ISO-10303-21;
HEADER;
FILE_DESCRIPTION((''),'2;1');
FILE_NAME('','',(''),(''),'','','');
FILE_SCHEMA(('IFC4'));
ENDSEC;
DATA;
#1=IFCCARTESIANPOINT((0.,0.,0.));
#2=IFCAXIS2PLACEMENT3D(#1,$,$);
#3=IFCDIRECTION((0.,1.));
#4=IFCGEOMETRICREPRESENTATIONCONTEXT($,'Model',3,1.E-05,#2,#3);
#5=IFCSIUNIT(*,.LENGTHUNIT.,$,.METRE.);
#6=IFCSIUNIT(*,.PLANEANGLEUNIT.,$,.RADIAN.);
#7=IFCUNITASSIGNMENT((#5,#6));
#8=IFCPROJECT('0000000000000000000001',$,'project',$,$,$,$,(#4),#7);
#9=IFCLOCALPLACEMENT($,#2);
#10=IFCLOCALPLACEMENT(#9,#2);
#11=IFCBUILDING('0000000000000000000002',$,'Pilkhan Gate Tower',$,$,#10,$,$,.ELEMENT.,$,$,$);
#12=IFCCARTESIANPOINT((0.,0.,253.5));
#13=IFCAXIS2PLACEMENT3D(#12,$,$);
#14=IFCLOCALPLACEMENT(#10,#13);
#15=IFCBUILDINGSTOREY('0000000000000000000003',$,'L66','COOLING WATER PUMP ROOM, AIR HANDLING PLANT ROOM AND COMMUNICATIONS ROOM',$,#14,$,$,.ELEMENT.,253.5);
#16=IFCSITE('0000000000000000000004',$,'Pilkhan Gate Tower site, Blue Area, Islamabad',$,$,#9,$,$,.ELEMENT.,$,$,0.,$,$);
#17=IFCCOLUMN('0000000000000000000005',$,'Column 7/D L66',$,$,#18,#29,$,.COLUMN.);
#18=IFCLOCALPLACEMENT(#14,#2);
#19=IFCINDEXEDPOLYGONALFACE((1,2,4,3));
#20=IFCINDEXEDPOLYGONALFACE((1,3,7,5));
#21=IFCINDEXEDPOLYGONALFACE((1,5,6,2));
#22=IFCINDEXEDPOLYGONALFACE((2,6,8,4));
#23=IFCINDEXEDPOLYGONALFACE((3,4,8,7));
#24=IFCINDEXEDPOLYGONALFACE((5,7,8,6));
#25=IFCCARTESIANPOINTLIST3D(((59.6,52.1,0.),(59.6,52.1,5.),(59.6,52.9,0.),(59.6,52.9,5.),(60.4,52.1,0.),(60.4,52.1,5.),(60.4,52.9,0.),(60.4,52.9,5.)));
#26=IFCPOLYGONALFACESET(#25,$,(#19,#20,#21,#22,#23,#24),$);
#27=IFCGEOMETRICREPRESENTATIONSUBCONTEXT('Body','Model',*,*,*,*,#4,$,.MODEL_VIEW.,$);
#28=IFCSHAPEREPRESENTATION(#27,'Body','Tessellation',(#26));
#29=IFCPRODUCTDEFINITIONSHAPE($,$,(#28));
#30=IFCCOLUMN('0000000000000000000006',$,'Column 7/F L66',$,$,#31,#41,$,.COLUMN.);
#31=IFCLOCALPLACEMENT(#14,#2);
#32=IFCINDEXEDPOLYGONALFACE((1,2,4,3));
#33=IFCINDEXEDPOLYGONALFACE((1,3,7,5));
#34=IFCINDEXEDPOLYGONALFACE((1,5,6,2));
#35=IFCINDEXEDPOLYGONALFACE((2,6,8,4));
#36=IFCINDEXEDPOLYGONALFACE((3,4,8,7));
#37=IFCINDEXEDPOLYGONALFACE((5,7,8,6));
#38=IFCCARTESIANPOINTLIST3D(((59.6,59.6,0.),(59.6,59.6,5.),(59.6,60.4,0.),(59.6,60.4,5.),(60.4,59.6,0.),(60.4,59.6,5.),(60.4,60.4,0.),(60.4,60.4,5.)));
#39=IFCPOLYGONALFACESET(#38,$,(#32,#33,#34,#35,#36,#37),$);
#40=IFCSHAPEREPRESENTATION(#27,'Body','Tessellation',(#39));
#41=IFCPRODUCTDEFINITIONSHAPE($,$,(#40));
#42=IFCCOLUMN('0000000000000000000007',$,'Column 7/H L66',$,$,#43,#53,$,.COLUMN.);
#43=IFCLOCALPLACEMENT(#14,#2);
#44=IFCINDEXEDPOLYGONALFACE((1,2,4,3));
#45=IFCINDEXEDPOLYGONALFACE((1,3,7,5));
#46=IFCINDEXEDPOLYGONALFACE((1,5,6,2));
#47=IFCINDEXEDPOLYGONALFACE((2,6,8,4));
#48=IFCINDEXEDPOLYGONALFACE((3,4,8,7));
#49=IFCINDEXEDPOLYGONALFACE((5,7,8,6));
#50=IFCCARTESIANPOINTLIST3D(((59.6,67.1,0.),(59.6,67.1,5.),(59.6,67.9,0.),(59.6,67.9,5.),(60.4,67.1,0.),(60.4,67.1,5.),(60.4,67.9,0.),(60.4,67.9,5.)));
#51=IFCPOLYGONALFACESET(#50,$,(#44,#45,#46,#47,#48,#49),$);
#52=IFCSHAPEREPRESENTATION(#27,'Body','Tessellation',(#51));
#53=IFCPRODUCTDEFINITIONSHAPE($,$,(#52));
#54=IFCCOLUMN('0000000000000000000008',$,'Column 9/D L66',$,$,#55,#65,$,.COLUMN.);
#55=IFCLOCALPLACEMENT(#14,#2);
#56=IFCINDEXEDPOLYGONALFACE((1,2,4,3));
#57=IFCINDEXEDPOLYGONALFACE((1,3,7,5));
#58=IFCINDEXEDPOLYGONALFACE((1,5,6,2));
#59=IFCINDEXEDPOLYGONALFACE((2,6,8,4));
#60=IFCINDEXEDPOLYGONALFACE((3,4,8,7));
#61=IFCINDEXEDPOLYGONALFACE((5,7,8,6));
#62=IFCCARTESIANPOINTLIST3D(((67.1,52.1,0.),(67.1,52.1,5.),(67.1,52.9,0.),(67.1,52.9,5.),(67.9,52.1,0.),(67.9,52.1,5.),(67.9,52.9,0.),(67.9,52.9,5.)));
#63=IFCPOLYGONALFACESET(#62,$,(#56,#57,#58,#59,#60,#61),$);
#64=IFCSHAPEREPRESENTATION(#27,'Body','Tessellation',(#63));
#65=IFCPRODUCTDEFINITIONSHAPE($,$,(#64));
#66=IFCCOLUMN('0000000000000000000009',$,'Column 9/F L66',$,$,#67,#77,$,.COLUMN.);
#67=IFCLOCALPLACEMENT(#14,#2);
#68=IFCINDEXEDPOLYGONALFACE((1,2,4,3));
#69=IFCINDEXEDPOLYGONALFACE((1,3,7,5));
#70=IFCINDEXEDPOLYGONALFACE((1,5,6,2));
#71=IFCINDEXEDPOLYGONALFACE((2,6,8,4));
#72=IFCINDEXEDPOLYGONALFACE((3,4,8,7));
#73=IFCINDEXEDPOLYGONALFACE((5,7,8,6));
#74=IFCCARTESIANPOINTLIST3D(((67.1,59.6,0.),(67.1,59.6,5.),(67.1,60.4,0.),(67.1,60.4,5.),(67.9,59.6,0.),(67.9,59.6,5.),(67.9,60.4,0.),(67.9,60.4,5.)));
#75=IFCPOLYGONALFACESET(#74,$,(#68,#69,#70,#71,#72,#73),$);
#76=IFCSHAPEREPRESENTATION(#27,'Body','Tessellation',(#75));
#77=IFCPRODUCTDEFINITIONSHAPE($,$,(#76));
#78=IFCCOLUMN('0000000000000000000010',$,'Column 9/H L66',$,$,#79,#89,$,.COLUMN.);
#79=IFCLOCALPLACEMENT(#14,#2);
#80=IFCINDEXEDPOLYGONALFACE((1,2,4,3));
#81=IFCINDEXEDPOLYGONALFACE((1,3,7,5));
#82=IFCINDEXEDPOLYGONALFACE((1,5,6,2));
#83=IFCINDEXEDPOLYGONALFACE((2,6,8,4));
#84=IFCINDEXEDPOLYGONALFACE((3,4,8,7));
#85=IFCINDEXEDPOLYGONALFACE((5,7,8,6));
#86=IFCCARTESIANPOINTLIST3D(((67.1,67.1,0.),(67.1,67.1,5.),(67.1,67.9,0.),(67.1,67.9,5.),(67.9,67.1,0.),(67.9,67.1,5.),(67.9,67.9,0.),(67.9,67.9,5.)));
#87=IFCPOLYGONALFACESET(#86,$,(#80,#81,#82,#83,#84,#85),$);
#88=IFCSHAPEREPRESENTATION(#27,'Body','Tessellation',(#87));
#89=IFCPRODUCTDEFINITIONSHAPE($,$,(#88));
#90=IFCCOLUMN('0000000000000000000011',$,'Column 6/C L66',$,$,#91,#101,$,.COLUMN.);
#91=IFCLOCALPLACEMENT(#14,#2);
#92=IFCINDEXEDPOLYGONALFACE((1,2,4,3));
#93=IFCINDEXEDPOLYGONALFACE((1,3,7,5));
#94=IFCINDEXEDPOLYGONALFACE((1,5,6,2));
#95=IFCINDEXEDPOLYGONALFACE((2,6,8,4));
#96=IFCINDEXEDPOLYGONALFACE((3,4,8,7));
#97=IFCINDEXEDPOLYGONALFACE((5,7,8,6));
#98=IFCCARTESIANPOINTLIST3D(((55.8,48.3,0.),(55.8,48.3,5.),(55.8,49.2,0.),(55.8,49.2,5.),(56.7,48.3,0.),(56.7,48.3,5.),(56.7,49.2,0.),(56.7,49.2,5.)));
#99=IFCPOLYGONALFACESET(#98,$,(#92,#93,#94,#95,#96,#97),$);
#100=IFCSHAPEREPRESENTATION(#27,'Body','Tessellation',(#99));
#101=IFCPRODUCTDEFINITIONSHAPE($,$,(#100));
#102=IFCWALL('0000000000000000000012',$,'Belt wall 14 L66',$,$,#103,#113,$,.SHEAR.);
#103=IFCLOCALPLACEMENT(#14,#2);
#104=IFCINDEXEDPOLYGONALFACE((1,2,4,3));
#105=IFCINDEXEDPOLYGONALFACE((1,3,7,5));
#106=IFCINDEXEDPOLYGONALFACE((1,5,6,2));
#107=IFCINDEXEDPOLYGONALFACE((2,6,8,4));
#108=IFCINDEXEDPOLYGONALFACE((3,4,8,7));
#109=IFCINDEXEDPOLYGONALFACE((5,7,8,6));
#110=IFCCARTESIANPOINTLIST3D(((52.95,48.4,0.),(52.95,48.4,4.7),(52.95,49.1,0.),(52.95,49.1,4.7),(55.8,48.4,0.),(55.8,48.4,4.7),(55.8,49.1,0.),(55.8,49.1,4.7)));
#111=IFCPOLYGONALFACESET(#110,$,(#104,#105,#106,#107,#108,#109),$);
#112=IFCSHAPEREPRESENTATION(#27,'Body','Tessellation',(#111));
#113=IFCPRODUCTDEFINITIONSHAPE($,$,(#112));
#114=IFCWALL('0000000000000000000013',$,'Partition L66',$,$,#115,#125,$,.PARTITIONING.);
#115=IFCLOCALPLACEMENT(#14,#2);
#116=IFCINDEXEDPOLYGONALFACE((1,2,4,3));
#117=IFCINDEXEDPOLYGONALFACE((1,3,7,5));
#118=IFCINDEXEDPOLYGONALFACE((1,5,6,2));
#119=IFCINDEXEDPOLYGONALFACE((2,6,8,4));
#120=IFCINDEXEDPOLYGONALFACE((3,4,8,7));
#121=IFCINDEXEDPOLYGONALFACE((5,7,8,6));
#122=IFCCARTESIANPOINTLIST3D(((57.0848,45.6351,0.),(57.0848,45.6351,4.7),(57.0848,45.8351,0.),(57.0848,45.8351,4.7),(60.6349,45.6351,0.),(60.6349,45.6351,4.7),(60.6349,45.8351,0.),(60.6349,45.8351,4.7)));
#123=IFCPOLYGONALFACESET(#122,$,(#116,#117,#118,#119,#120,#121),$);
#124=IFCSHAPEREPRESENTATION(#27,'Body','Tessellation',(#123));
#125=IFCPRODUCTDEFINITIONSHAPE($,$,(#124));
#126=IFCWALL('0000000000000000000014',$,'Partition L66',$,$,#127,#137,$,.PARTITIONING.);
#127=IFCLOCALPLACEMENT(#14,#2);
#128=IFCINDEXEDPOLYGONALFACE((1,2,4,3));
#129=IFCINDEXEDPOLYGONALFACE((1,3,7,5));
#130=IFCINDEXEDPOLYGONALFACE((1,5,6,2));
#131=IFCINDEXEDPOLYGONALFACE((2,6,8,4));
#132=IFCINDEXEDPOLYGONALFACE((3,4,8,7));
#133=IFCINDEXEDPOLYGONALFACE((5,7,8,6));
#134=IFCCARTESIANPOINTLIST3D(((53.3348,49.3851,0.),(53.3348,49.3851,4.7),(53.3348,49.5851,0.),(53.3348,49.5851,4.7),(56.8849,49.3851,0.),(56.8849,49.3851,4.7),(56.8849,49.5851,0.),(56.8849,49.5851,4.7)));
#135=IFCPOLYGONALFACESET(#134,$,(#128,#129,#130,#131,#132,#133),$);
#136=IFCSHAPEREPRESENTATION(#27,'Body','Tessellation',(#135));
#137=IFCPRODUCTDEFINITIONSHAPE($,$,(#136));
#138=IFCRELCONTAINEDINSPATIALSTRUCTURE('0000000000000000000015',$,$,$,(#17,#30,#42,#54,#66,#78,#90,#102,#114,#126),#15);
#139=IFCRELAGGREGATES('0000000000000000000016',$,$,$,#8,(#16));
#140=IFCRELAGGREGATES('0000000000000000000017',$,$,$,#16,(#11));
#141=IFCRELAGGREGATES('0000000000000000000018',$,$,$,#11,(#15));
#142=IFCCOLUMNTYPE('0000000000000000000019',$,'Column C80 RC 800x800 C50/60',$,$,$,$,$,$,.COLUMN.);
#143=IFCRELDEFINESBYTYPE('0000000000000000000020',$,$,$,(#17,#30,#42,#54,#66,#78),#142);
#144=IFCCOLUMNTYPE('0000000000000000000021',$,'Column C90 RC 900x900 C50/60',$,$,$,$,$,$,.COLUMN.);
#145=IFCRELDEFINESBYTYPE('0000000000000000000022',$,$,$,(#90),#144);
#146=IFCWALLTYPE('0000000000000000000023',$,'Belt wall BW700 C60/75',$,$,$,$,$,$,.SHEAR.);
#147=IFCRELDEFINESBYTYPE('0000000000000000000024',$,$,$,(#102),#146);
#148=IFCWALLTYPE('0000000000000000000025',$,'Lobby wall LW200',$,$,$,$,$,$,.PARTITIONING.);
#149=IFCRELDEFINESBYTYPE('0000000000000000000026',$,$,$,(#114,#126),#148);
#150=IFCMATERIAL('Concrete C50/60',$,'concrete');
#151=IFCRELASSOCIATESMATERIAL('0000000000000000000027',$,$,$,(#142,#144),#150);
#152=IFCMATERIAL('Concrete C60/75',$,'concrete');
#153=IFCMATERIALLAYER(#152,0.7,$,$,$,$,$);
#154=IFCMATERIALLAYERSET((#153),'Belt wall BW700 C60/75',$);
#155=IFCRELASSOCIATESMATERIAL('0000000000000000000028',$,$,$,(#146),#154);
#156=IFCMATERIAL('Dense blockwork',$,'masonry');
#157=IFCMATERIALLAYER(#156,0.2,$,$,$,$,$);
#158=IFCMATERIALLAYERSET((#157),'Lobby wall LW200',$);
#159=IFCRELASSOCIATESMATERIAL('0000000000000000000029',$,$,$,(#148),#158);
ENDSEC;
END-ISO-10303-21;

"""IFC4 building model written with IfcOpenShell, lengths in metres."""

from ifc_helpers import new_model, si_unit, direction, frame, frame_2d, origin, origin_2d, place, context, subcontext, project, spatial, rectangle, extrude, material, layer, layer_set, material_profile, profile_set, type_object, element, save


model = new_model("IFC4")

# Units and contexts
model_context = context("Model", 3, precision=1e-05, world=origin(), true_north=direction((0.0, 1.0)))
body_context = subcontext(model_context, "Body", "Model", "MODEL_VIEW")
ifc_project = project(units=[si_unit("LENGTHUNIT", "METRE"), si_unit("PLANEANGLEUNIT", "RADIAN")], contexts=[model_context])

# Site, building, storey
site_placement = place(None, origin())
site = spatial("IfcSite", under=ifc_project, at=site_placement, Name="Pilkhan Gate Tower site, Blue Area, Islamabad", CompositionType="ELEMENT", RefElevation=0.0)
building_placement = place(site_placement, origin())
building = spatial("IfcBuilding", under=site, at=building_placement, Name="Pilkhan Gate Tower", CompositionType="ELEMENT")
storey_placement = place(building_placement, frame((0.0, 0.0, 253.5)))
storey = spatial("IfcBuildingStorey", under=building, at=storey_placement, Name="L66", Description="COOLING WATER PUMP ROOM, AIR HANDLING PLANT ROOM AND COMMUNICATIONS ROOM", CompositionType="ELEMENT", Elevation=253.5)

# Columns
ifc_material_1 = material(Name="Concrete C50/60", Category="concrete")
ifc_material_profile_1 = material_profile(ifc_material_1, rectangle(XDim=0.8, YDim=0.8, at=origin_2d()), Name="RC 800x800")
ifc_profile_set_1 = profile_set([ifc_material_profile_1], Name="Concrete C50/60")
column_type_1 = type_object("IfcColumnType", Name="Column C80 RC 800x800 C50/60", PredefinedType="COLUMN", material=ifc_profile_set_1)
for number, where, z_axis, x_axis, name in (
    (1, (60.0, 52.5, 0.0), (0.0, 0.0, 1.0), (1.0, 0.0, 0.0), "Column 7/D L66"),
    (2, (60.0, 60.0, 0.0), (0.0, 0.0, 1.0), (1.0, 0.0, 0.0), "Column 7/F L66"),
    (3, (60.0, 67.5, 0.0), (0.0, 0.0, 1.0), (1.0, 0.0, 0.0), "Column 7/H L66"),
    (4, (67.5, 52.5, 0.0), (0.0, 0.0, 1.0), (1.0, 0.0, 0.0), "Column 9/D L66"),
    (5, (67.5, 60.0, 0.0), (0.0, 0.0, 1.0), (1.0, 0.0, 0.0), "Column 9/F L66"),
    (6, (67.5, 67.5, 0.0), (0.0, 0.0, 1.0), (1.0, 0.0, 0.0), "Column 9/H L66"),
):
    element("IfcColumn", number, at=place(storey_placement, frame(where, z_axis=z_axis, x_axis=x_axis)), inside=storey, type_object=column_type_1, Name=name, PredefinedType="COLUMN", context=body_context, shape_type="SweptSolid", body=[
        extrude(rectangle(XDim=0.8, YDim=0.8, at=origin_2d()), origin(), (0.0, 0.0, 1.0), 5.0),
    ])
ifc_material_profile_2 = material_profile(ifc_material_1, rectangle(XDim=0.8999, YDim=0.8999, at=origin_2d()), Name="RC 900x900")
ifc_profile_set_2 = profile_set([ifc_material_profile_2], Name="Concrete C50/60")
column_type_2 = type_object("IfcColumnType", Name="Column C90 RC 900x900 C50/60", PredefinedType="COLUMN", material=ifc_profile_set_2)
column_placement = place(storey_placement, frame((56.25, 48.75, 0.0), z_axis=(0.0, 0.0, 1.0), x_axis=(1.0, 0.0, 0.0)))
element("IfcColumn", 7, at=column_placement, inside=storey, type_object=column_type_2, Name="Column 6/C L66", PredefinedType="COLUMN", context=body_context, shape_type="SweptSolid", body=[
    extrude(rectangle(XDim=0.8999, YDim=0.8999, at=origin_2d()), origin(), (0.0, 0.0, 1.0), 5.0),
])

# Walls
ifc_material_2 = material(Name="Concrete C60/75", Category="concrete")
ifc_layer_1 = layer(ifc_material_2, 0.7)
ifc_layer_set_1 = layer_set([ifc_layer_1], Name="Belt wall BW700 C60/75")
wall_type_1 = type_object("IfcWallType", Name="Belt wall BW700 C60/75", PredefinedType="SHEAR", material=ifc_layer_set_1)
wall_1_placement = place(storey_placement, frame((55.8, 48.75, 0.0), z_axis=(0.0, 0.0, 1.0), x_axis=(-1.0, 0.0, 0.0)))
element("IfcWall", 8, at=wall_1_placement, inside=storey, type_object=wall_type_1, Name="Belt wall 14 L66", PredefinedType="SHEAR", context=body_context, shape_type="SweptSolid", body=[
    extrude(rectangle(XDim=2.8501, YDim=0.7, at=frame_2d((1.425, 0.0))), origin(), (0.0, 0.0, 1.0), 4.7),
])
ifc_material_3 = material(Name="Dense blockwork", Category="masonry")
ifc_layer_2 = layer(ifc_material_3, 0.2)
ifc_layer_set_2 = layer_set([ifc_layer_2], Name="Lobby wall LW200")
wall_type_2 = type_object("IfcWallType", Name="Lobby wall LW200", PredefinedType="PARTITIONING", material=ifc_layer_set_2)
for number, where, z_axis, x_axis, name in (
    (9, (57.085, 45.7351, 0.0), (0.0, 0.0, 1.0), (1.0, 0.0, 0.0), "Partition L66"),
    (10, (53.335, 49.4851, 0.0), (0.0, 0.0, 1.0), (1.0, 0.0, 0.0), "Partition L66"),
):
    element("IfcWall", number, at=place(storey_placement, frame(where, z_axis=z_axis, x_axis=x_axis)), inside=storey, type_object=wall_type_2, Name=name, PredefinedType="PARTITIONING", context=body_context, shape_type="SweptSolid", body=[
        extrude(rectangle(XDim=3.55, YDim=0.2, at=frame_2d((1.7749, 0.0))), origin(), (0.0, 0.0, 1.0), 4.7),
    ])

save(model, "model.ifc")
